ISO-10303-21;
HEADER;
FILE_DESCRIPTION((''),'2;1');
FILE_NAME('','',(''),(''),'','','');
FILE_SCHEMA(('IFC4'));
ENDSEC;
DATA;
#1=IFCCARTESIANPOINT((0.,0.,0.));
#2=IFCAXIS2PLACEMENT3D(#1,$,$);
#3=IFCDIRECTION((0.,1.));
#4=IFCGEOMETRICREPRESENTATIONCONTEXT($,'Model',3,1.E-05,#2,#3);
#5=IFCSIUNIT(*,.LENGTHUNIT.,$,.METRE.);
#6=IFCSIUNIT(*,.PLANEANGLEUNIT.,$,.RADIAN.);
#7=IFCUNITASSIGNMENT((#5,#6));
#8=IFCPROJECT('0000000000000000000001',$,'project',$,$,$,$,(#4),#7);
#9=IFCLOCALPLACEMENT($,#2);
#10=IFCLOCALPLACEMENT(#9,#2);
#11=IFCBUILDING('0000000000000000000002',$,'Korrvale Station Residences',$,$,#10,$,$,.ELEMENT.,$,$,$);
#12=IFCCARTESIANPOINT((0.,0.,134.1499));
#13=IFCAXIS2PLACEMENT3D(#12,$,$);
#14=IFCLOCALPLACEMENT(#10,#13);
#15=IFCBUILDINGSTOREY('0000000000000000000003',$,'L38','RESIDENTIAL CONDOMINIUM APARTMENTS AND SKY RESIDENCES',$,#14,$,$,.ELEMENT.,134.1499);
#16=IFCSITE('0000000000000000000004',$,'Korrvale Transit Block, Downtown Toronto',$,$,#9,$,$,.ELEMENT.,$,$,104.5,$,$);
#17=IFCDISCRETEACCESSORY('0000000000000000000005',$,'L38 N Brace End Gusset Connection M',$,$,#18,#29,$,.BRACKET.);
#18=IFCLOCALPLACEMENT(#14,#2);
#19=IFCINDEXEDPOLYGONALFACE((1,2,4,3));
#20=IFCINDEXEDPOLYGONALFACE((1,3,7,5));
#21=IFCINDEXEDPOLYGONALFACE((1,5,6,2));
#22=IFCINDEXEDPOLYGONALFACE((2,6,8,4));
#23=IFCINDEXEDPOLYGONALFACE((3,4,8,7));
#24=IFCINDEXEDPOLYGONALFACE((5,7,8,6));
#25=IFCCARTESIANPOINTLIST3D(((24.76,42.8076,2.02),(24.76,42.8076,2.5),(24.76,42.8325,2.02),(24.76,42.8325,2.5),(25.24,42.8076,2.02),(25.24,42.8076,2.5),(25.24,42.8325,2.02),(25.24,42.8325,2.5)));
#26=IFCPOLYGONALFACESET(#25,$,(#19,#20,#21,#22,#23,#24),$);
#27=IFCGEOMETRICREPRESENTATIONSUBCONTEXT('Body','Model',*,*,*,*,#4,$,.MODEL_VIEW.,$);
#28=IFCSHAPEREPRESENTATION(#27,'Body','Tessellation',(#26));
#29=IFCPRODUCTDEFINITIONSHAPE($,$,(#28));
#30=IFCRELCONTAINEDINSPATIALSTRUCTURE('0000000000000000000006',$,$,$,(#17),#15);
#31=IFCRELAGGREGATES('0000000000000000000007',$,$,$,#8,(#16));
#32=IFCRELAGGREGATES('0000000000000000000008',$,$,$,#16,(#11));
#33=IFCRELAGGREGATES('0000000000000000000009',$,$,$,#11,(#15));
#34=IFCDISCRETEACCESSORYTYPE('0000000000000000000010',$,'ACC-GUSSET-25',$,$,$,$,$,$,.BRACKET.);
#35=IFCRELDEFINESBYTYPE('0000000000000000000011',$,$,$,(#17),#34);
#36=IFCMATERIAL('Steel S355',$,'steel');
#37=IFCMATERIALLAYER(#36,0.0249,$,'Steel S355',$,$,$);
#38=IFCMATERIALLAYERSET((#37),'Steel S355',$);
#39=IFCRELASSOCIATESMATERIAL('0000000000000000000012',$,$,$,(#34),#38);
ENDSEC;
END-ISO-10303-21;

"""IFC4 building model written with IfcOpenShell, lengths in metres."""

from ifc_helpers import new_model, si_unit, direction, frame, origin, origin_2d, place, context, subcontext, project, spatial, rectangle, extrude, material, layer, layer_set, type_object, element, save


model = new_model("IFC4")

# Units and contexts
model_context = context("Model", 3, precision=1e-05, world=origin(), true_north=direction((0.0, 1.0)))
body_context = subcontext(model_context, "Body", "Model", "MODEL_VIEW")
ifc_project = project(units=[si_unit("LENGTHUNIT", "METRE"), si_unit("PLANEANGLEUNIT", "RADIAN")], contexts=[model_context])

# Site, building, storey
site_placement = place(None, origin())
site = spatial("IfcSite", under=ifc_project, at=site_placement, Name="Korrvale Transit Block, Downtown Toronto", CompositionType="ELEMENT", RefElevation=104.5)
building_placement = place(site_placement, origin())
building = spatial("IfcBuilding", under=site, at=building_placement, Name="Korrvale Station Residences", CompositionType="ELEMENT")
storey_placement = place(building_placement, frame((0.0, 0.0, 134.1499)))
storey = spatial("IfcBuildingStorey", under=building, at=storey_placement, Name="L38", Description="RESIDENTIAL CONDOMINIUM APARTMENTS AND SKY RESIDENCES", CompositionType="ELEMENT", Elevation=134.1499)

# Shared definitions
ifc_material_1 = material(Name="Steel S355", Category="steel")

# Discrete accessory
ifc_layer_1 = layer(ifc_material_1, 0.0249, Name="Steel S355")
ifc_layer_set_1 = layer_set([ifc_layer_1], Name="Steel S355")
discrete_accessory_type = type_object("IfcDiscreteAccessoryType", Name="ACC-GUSSET-25", PredefinedType="BRACKET", material=ifc_layer_set_1)
for number, where, z_axis, x_axis, name in (
    (1, (25.0, 42.8201, 2.02), (0.0, 0.0, 1.0), (1.0, 0.0, 0.0), "L38 N Brace End Gusset Connection M"),
):
    element("IfcDiscreteAccessory", number, at=place(storey_placement, frame(where, z_axis=z_axis, x_axis=x_axis)), inside=storey, type_object=discrete_accessory_type, Name=name, PredefinedType="BRACKET", context=body_context, shape_type="SweptSolid", body=[
        extrude(rectangle(XDim=0.48, YDim=0.0249, at=origin_2d()), origin(), (0.0, 0.0, 1.0), 0.48),
    ])

save(model, "model.ifc")
